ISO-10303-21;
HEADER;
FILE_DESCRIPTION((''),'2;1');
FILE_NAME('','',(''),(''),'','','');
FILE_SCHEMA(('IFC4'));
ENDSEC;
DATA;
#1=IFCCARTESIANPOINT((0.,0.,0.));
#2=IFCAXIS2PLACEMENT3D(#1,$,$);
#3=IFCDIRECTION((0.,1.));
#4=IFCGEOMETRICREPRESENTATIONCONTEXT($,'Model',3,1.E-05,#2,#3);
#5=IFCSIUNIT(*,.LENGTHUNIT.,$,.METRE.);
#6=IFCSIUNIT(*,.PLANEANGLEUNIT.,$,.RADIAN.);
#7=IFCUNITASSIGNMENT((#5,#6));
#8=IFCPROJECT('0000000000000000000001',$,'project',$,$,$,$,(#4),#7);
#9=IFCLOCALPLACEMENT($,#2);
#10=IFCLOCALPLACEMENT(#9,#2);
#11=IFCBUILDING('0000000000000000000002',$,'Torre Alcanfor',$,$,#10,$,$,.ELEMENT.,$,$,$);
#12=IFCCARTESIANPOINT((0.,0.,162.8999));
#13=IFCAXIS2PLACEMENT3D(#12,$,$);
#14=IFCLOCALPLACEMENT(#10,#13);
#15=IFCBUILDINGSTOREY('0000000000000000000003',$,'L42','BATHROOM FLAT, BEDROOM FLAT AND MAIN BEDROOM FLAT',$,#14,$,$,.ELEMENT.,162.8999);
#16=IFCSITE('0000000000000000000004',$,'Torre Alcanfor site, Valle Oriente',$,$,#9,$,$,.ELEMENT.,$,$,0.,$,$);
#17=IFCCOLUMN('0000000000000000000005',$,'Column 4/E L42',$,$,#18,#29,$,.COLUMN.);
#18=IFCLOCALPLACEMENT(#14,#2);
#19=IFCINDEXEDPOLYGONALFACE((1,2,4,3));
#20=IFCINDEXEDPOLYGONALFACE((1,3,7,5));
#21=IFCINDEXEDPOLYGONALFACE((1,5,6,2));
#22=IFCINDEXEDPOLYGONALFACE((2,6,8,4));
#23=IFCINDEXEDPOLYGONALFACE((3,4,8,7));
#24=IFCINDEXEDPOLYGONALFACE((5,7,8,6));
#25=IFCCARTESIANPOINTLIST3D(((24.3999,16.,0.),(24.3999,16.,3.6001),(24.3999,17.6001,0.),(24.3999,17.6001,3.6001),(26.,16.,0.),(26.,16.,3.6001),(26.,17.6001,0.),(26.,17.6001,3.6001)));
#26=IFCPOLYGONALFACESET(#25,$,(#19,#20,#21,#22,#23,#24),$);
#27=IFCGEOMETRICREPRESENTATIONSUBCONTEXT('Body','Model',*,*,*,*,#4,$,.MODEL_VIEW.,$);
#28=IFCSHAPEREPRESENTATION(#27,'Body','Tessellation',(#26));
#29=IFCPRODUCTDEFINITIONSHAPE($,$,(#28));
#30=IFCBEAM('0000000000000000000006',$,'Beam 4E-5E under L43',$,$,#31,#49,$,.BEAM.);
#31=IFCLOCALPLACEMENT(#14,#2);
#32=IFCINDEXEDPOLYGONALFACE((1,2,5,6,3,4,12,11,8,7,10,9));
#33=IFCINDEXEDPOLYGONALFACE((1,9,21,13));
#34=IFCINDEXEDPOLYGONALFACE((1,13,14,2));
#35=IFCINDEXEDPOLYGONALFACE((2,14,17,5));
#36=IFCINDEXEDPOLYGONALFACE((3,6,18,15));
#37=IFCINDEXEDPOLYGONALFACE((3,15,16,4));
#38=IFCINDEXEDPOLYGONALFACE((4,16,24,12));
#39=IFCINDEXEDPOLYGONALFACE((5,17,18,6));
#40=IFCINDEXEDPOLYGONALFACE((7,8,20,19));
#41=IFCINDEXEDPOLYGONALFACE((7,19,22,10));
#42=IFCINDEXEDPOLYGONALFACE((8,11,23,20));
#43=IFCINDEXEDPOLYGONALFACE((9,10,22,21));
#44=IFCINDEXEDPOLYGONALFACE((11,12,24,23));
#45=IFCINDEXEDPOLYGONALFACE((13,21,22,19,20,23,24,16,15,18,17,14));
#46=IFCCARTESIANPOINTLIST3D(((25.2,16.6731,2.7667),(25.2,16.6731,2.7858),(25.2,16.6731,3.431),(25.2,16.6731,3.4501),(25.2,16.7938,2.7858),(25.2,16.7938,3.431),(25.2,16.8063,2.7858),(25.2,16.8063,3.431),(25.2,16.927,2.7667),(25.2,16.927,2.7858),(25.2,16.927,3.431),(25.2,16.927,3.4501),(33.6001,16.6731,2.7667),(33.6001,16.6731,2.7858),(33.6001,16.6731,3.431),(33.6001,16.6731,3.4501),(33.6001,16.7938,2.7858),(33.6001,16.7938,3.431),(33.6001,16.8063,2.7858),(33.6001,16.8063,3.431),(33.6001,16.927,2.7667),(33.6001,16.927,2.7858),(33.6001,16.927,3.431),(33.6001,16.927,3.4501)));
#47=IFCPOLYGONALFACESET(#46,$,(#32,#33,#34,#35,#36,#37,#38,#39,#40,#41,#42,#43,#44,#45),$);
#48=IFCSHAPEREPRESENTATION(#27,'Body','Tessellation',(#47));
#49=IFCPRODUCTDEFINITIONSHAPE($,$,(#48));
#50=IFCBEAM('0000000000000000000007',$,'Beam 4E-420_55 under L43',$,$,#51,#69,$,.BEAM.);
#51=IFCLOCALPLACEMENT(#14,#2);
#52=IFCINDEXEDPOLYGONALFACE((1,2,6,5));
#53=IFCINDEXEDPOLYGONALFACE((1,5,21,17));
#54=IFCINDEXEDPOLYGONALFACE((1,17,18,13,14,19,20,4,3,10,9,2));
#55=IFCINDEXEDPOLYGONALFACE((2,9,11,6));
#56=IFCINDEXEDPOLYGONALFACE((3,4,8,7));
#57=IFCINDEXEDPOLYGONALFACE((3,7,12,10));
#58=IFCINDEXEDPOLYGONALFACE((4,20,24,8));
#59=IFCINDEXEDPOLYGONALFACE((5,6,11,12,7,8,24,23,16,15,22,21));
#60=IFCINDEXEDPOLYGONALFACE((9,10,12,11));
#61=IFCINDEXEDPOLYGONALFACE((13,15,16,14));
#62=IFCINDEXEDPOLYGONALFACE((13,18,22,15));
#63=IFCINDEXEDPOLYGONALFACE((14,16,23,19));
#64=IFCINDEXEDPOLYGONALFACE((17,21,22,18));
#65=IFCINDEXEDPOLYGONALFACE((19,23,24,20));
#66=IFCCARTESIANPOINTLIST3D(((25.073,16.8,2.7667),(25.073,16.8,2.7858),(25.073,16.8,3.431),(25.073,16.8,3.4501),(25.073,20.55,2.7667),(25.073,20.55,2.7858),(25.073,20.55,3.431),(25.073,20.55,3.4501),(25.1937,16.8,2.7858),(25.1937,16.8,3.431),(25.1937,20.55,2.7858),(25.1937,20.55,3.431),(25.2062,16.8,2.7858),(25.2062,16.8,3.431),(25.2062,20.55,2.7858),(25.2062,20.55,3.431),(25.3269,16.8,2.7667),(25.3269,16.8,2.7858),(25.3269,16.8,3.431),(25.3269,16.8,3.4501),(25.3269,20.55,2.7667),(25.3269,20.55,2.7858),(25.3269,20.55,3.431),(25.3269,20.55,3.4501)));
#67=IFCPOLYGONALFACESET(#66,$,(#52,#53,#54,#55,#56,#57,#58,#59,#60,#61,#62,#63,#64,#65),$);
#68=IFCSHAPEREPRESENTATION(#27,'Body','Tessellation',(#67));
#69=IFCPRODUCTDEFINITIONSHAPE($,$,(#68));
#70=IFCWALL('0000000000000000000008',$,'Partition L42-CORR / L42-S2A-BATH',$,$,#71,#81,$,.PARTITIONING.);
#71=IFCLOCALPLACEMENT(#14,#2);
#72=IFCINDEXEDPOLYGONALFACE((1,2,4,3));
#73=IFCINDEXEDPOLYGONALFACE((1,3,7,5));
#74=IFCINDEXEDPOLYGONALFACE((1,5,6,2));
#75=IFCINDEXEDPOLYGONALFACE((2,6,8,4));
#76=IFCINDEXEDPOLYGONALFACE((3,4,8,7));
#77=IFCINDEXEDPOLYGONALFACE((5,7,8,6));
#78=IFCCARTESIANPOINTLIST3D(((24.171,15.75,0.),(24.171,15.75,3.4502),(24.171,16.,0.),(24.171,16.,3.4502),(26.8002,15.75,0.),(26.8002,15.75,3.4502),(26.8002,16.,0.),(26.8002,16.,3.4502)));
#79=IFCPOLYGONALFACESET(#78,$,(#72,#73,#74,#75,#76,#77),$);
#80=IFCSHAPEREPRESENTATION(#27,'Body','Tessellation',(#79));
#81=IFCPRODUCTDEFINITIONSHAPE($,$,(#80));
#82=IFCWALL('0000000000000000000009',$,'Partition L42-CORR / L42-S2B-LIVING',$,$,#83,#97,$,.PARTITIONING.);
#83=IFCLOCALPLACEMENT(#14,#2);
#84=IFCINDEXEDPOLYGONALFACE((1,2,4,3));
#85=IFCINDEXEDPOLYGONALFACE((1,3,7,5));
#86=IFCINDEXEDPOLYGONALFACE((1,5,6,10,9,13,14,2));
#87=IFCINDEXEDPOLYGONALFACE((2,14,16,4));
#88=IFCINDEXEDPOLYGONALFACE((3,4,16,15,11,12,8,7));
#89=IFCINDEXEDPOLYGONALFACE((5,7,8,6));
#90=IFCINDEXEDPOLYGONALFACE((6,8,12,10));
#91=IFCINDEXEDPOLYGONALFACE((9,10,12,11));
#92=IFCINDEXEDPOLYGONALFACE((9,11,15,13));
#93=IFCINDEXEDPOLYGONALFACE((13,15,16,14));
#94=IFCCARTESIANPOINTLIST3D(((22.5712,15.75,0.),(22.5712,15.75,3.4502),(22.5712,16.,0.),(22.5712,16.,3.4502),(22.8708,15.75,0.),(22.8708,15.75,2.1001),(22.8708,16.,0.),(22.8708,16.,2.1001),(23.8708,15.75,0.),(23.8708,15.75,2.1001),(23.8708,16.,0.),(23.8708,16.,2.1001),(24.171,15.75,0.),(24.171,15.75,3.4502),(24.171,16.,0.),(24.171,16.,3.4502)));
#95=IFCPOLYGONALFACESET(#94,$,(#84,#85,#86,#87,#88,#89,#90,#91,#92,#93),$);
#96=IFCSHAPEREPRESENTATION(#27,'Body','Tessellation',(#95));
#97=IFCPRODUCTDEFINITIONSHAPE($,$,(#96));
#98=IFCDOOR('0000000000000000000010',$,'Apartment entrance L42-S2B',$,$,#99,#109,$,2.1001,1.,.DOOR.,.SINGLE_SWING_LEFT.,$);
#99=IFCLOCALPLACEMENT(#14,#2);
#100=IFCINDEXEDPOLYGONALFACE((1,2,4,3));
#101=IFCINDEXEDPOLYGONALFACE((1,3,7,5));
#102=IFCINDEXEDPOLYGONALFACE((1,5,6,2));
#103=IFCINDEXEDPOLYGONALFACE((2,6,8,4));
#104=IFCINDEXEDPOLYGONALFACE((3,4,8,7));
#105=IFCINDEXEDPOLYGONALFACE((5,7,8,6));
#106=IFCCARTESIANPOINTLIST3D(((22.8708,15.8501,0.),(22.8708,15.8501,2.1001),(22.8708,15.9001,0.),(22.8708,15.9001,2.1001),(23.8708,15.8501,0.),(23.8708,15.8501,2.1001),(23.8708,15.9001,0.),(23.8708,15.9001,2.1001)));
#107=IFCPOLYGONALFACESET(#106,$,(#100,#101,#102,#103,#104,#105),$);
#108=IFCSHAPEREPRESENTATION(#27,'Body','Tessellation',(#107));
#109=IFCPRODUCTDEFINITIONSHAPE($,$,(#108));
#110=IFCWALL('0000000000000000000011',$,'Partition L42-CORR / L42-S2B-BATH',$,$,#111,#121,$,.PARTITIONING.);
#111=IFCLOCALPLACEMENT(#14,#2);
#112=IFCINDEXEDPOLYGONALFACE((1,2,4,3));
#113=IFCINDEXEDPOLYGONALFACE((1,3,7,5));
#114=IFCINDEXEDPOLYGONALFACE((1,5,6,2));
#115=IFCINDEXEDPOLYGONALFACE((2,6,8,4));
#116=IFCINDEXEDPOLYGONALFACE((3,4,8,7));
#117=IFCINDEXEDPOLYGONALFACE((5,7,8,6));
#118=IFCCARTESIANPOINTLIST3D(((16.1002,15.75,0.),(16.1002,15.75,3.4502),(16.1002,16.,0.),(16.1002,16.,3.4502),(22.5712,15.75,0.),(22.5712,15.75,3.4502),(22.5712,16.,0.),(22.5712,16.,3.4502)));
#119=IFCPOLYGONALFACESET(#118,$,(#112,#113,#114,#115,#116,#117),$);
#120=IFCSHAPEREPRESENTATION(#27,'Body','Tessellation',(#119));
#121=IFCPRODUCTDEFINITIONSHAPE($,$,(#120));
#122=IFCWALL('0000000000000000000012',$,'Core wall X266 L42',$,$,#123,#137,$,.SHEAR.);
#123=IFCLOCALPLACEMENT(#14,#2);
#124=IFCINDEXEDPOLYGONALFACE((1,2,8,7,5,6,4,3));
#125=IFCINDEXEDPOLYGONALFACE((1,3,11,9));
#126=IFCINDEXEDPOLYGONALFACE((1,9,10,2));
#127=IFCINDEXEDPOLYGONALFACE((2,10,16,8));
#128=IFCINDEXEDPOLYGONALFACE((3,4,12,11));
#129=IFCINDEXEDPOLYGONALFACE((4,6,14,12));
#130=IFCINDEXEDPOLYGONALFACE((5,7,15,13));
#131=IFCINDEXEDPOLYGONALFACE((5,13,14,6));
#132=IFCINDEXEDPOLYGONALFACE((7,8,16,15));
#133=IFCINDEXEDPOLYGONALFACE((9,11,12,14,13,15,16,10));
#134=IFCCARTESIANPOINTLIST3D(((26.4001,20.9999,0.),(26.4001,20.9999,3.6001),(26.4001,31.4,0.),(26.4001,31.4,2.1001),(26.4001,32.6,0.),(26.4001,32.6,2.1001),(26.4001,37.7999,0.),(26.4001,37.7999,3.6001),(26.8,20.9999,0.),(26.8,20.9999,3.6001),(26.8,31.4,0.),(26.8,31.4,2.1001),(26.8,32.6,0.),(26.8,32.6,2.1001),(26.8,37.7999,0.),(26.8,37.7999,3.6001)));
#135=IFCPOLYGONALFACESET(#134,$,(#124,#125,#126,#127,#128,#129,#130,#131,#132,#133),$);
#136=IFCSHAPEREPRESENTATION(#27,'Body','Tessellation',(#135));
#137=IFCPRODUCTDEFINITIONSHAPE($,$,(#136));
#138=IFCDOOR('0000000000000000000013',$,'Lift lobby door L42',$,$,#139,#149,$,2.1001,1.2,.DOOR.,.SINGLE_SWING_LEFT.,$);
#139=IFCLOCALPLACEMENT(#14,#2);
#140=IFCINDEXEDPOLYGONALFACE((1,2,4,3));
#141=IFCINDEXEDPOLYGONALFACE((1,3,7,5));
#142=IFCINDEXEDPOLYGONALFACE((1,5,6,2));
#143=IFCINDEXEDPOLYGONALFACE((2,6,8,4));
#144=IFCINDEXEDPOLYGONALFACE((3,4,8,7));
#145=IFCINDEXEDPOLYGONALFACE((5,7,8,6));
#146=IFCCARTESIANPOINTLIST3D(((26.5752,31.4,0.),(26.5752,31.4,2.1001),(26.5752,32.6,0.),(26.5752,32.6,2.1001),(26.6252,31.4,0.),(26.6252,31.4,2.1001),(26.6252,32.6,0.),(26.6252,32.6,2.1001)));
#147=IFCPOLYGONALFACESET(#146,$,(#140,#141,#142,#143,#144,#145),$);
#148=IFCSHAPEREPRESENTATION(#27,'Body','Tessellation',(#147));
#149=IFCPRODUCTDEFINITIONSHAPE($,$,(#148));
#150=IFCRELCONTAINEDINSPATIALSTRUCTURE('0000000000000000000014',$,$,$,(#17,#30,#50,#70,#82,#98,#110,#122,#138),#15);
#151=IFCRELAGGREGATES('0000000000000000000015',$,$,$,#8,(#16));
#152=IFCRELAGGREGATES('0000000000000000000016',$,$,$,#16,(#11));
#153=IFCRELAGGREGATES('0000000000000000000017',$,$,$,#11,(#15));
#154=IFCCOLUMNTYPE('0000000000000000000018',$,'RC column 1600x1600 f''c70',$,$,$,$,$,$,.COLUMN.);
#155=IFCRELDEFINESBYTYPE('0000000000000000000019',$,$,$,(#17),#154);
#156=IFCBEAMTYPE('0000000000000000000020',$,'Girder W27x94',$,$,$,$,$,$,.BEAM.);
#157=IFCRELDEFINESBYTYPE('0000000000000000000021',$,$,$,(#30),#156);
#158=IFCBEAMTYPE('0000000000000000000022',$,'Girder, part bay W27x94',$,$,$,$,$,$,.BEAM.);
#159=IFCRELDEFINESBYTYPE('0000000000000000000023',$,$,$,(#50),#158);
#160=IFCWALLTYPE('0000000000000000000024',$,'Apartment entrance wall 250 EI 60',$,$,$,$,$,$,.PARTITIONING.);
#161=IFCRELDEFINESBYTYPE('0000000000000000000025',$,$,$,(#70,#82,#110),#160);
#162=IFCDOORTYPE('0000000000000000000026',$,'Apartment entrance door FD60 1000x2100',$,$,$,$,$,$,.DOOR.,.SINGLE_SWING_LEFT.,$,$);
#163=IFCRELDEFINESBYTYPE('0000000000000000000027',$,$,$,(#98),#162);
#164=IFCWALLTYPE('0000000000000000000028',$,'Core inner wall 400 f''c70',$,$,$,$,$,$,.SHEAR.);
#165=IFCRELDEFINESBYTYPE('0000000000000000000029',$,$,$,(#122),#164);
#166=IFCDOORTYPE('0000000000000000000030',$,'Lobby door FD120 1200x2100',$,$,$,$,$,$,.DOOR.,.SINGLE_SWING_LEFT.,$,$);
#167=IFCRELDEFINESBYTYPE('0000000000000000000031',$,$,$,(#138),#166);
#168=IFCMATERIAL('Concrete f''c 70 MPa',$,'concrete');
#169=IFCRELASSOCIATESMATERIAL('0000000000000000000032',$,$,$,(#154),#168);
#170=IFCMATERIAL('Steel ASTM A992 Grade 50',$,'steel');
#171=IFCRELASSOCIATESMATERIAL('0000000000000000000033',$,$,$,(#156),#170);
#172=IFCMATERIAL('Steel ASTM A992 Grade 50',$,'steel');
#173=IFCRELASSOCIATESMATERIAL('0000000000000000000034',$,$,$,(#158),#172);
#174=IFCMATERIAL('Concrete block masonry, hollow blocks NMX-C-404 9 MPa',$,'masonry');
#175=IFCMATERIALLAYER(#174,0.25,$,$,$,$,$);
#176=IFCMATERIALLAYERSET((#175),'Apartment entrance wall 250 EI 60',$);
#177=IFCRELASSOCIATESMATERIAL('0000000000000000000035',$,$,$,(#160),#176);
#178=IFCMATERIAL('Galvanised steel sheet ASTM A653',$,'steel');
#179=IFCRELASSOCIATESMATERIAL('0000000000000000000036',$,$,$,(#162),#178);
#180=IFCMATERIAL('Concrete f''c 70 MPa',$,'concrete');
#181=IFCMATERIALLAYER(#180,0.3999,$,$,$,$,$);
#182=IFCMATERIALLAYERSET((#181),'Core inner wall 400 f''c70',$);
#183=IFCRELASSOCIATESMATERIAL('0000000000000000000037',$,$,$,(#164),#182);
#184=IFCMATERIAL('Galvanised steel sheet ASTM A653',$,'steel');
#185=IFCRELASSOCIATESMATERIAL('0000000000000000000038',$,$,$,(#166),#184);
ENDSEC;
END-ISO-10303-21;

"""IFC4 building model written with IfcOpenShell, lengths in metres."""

from ifc_helpers import new_model, si_unit, direction, frame, frame_2d, origin, origin_2d, place, context, subcontext, project, spatial, rectangle, i_section, extrude, material, layer, layer_set, material_profile, profile_set, type_object, element, fill, save


model = new_model("IFC4")

# Units and contexts
model_context = context("Model", 3, precision=1e-05, world=origin(), true_north=direction((0.0, 1.0)))
body_context = subcontext(model_context, "Body", "Model", "MODEL_VIEW")
ifc_project = project(units=[si_unit("LENGTHUNIT", "METRE"), si_unit("PLANEANGLEUNIT", "RADIAN")], contexts=[model_context])

# Site, building, storey
site_placement = place(None, origin())
site = spatial("IfcSite", under=ifc_project, at=site_placement, Name="Torre Alcanfor site, Valle Oriente", CompositionType="ELEMENT", RefElevation=0.0)
building_placement = place(site_placement, origin())
building = spatial("IfcBuilding", under=site, at=building_placement, Name="Torre Alcanfor", CompositionType="ELEMENT")
storey_placement = place(building_placement, frame((0.0, 0.0, 162.8999)))
storey = spatial("IfcBuildingStorey", under=building, at=storey_placement, Name="L42", Description="BATHROOM FLAT, BEDROOM FLAT AND MAIN BEDROOM FLAT", CompositionType="ELEMENT", Elevation=162.8999)

# Column
ifc_material_1 = material(Name="Concrete f'c 70 MPa", Category="concrete")
ifc_material_profile_1 = material_profile(ifc_material_1, rectangle(XDim=1.6001, YDim=1.6001, at=origin_2d()), Name="1600x1600")
ifc_profile_set_1 = profile_set([ifc_material_profile_1], Name="Concrete f'c 70 MPa")
column_type = type_object("IfcColumnType", Name="RC column 1600x1600 f'c70", PredefinedType="COLUMN", material=ifc_profile_set_1)
column_placement = place(storey_placement, frame((25.2, 16.8, 0.0), z_axis=(0.0, 0.0, 1.0), x_axis=(1.0, 0.0, 0.0)))
element("IfcColumn", 1, at=column_placement, inside=storey, type_object=column_type, Name="Column 4/E L42", PredefinedType="COLUMN", context=body_context, shape_type="SweptSolid", body=[
    extrude(rectangle(XDim=1.6001, YDim=1.6001, at=origin_2d()), origin(), (0.0, 0.0, 1.0), 3.6001),
])

# Beams
ifc_material_2 = material(Name="Steel ASTM A992 Grade 50", Category="steel")
ifc_material_profile_2 = material_profile(ifc_material_2, i_section(OverallWidth=0.2539, OverallDepth=0.6833, WebThickness=0.0125, FlangeThickness=0.019, at=origin_2d()), Name="W27x94")
ifc_profile_set_2 = profile_set([ifc_material_profile_2], Name="Steel ASTM A992 Grade 50")
beam_type_1 = type_object("IfcBeamType", Name="Girder W27x94", PredefinedType="BEAM", material=ifc_profile_set_2)
beam_1_placement = place(storey_placement, frame((25.2, 16.8, 3.1084), z_axis=(1.0, 0.0, 0.0), x_axis=(0.0, 1.0, 0.0)))
element("IfcBeam", 2, at=beam_1_placement, inside=storey, type_object=beam_type_1, Name="Beam 4E-5E under L43", PredefinedType="BEAM", context=body_context, shape_type="SweptSolid", body=[
    extrude(i_section(OverallWidth=0.2539, OverallDepth=0.6833, WebThickness=0.0125, FlangeThickness=0.019, at=origin_2d()), origin(), (0.0, 0.0, 1.0), 8.4001),
])
ifc_material_3 = material(Name="Steel ASTM A992 Grade 50", Category="steel")
ifc_material_profile_3 = material_profile(ifc_material_3, i_section(OverallWidth=0.2539, OverallDepth=0.6833, WebThickness=0.0125, FlangeThickness=0.019, at=origin_2d()), Name="W27x94")
ifc_profile_set_3 = profile_set([ifc_material_profile_3], Name="Steel ASTM A992 Grade 50")
beam_type_2 = type_object("IfcBeamType", Name="Girder, part bay W27x94", PredefinedType="BEAM", material=ifc_profile_set_3)
beam_2_placement = place(storey_placement, frame((25.2, 16.8, 3.1084), z_axis=(0.0, 1.0, 0.0), x_axis=(-1.0, 0.0, 0.0)))
element("IfcBeam", 3, at=beam_2_placement, inside=storey, type_object=beam_type_2, Name="Beam 4E-420_55 under L43", PredefinedType="BEAM", context=body_context, shape_type="SweptSolid", body=[
    extrude(i_section(OverallWidth=0.2539, OverallDepth=0.6833, WebThickness=0.0125, FlangeThickness=0.019, at=origin_2d()), origin(), (0.0, 0.0, 1.0), 3.75),
])

# Wall
ifc_material_4 = material(Name="Concrete block masonry, hollow blocks NMX-C-404 9 MPa", Category="masonry")
ifc_layer_1 = layer(ifc_material_4, 0.25)
ifc_layer_set_1 = layer_set([ifc_layer_1], Name="Apartment entrance wall 250 EI 60")
wall_type_1 = type_object("IfcWallType", Name="Apartment entrance wall 250 EI 60", PredefinedType="PARTITIONING", material=ifc_layer_set_1)
wall_1_placement = place(storey_placement, frame((26.8, 15.875, 0.0), z_axis=(0.0, 0.0, 1.0), x_axis=(-1.0, 0.0, 0.0)))
element("IfcWall", 4, at=wall_1_placement, inside=storey, type_object=wall_type_1, Name="Partition L42-CORR / L42-S2A-BATH", PredefinedType="PARTITIONING", context=body_context, shape_type="SweptSolid", body=[
    extrude(rectangle(XDim=2.6292, YDim=0.25, at=frame_2d((1.3145, 0.0))), origin(), (0.0, 0.0, 1.0), 3.4502),
])

# Wall, opening, door
wall_2_placement = place(storey_placement, frame((24.1709, 15.875, 0.0), z_axis=(0.0, 0.0, 1.0), x_axis=(-1.0, 0.0, 0.0)))
wall_2 = element("IfcWall", 5, at=wall_2_placement, inside=storey, type_object=wall_type_1, Name="Partition L42-CORR / L42-S2B-LIVING", PredefinedType="PARTITIONING", context=body_context, shape_type="SweptSolid", body=[
    extrude(rectangle(XDim=1.5999, YDim=0.25, at=frame_2d((0.7998, 0.0))), origin(), (0.0, 0.0, 1.0), 3.4502),
])
opening_1_placement = place(wall_2_placement, frame((0.3, 0.0, 0.0)))
opening_1 = element("IfcOpeningElement", 6, at=opening_1_placement, cuts=wall_2, PredefinedType="OPENING", context=body_context, shape_type="SweptSolid", body=[
    extrude(rectangle(XDim=1.0, YDim=2.1001, at=frame_2d((0.5, 1.05))), frame((0.0, 0.135, 0.0), z_axis=(0.0, -1.0, 0.0), x_axis=(1.0, 0.0, 0.0)), (0.0, 0.0, 1.0), 0.27),
])
ifc_material_5 = material(Name="Galvanised steel sheet ASTM A653", Category="steel")
door_type_1 = type_object("IfcDoorType", Name="Apartment entrance door FD60 1000x2100", OperationType="SINGLE_SWING_LEFT", PredefinedType="DOOR", material=ifc_material_5)
door_1_placement = place(opening_1_placement, origin())
door_1 = element("IfcDoor", 7, at=door_1_placement, inside=storey, type_object=door_type_1, Name="Apartment entrance L42-S2B", OperationType="SINGLE_SWING_LEFT", OverallHeight=2.1001, OverallWidth=1.0, PredefinedType="DOOR", context=body_context, shape_type="SweptSolid", body=[
    extrude(rectangle(XDim=1.0, YDim=2.1001, at=frame_2d((0.5, 1.05))), frame((0.0, 0.0249, 0.0), z_axis=(0.0, -1.0, 0.0), x_axis=(1.0, 0.0, 0.0)), (0.0, 0.0, 1.0), 0.05),
])
fill(opening_1, door_1)

# Wall
wall_3_placement = place(storey_placement, frame((22.571, 15.875, 0.0), z_axis=(0.0, 0.0, 1.0), x_axis=(-1.0, 0.0, 0.0)))
element("IfcWall", 8, at=wall_3_placement, inside=storey, type_object=wall_type_1, Name="Partition L42-CORR / L42-S2B-BATH", PredefinedType="PARTITIONING", context=body_context, shape_type="SweptSolid", body=[
    extrude(rectangle(XDim=6.4709, YDim=0.25, at=frame_2d((3.2354, 0.0))), origin(), (0.0, 0.0, 1.0), 3.4502),
])

# Wall, opening, door
ifc_material_6 = material(Name="Concrete f'c 70 MPa", Category="concrete")
ifc_layer_2 = layer(ifc_material_6, 0.3999)
ifc_layer_set_2 = layer_set([ifc_layer_2], Name="Core inner wall 400 f'c70")
wall_type_2 = type_object("IfcWallType", Name="Core inner wall 400 f'c70", PredefinedType="SHEAR", material=ifc_layer_set_2)
wall_4_placement = place(storey_placement, frame((26.6001, 21.0, 0.0), z_axis=(0.0, 0.0, 1.0), x_axis=(0.0, 1.0, 0.0)))
wall_4 = element("IfcWall", 9, at=wall_4_placement, inside=storey, type_object=wall_type_2, Name="Core wall X266 L42", PredefinedType="SHEAR", context=body_context, shape_type="SweptSolid", body=[
    extrude(rectangle(XDim=16.8, YDim=0.3999, at=frame_2d((8.3999, 0.0))), origin(), (0.0, 0.0, 1.0), 3.6001),
])
opening_2_placement = place(wall_4_placement, frame((10.3999, 0.0, 0.0)))
opening_2 = element("IfcOpeningElement", 10, at=opening_2_placement, cuts=wall_4, PredefinedType="OPENING", context=body_context, shape_type="SweptSolid", body=[
    extrude(rectangle(XDim=1.2, YDim=2.1001, at=frame_2d((0.6001, 1.05))), frame((0.0, 0.21, 0.0), z_axis=(0.0, -1.0, 0.0), x_axis=(1.0, 0.0, 0.0)), (0.0, 0.0, 1.0), 0.4199),
])
ifc_material_7 = material(Name="Galvanised steel sheet ASTM A653", Category="steel")
door_type_2 = type_object("IfcDoorType", Name="Lobby door FD120 1200x2100", OperationType="SINGLE_SWING_LEFT", PredefinedType="DOOR", material=ifc_material_7)
door_2_placement = place(opening_2_placement, origin())
door_2 = element("IfcDoor", 11, at=door_2_placement, inside=storey, type_object=door_type_2, Name="Lift lobby door L42", OperationType="SINGLE_SWING_LEFT", OverallHeight=2.1001, OverallWidth=1.2, PredefinedType="DOOR", context=body_context, shape_type="SweptSolid", body=[
    extrude(rectangle(XDim=1.2, YDim=2.1001, at=frame_2d((0.6001, 1.05))), frame((0.0, 0.0249, 0.0), z_axis=(0.0, -1.0, 0.0), x_axis=(1.0, 0.0, 0.0)), (0.0, 0.0, 1.0), 0.05),
])
fill(opening_2, door_2)

save(model, "model.ifc")
